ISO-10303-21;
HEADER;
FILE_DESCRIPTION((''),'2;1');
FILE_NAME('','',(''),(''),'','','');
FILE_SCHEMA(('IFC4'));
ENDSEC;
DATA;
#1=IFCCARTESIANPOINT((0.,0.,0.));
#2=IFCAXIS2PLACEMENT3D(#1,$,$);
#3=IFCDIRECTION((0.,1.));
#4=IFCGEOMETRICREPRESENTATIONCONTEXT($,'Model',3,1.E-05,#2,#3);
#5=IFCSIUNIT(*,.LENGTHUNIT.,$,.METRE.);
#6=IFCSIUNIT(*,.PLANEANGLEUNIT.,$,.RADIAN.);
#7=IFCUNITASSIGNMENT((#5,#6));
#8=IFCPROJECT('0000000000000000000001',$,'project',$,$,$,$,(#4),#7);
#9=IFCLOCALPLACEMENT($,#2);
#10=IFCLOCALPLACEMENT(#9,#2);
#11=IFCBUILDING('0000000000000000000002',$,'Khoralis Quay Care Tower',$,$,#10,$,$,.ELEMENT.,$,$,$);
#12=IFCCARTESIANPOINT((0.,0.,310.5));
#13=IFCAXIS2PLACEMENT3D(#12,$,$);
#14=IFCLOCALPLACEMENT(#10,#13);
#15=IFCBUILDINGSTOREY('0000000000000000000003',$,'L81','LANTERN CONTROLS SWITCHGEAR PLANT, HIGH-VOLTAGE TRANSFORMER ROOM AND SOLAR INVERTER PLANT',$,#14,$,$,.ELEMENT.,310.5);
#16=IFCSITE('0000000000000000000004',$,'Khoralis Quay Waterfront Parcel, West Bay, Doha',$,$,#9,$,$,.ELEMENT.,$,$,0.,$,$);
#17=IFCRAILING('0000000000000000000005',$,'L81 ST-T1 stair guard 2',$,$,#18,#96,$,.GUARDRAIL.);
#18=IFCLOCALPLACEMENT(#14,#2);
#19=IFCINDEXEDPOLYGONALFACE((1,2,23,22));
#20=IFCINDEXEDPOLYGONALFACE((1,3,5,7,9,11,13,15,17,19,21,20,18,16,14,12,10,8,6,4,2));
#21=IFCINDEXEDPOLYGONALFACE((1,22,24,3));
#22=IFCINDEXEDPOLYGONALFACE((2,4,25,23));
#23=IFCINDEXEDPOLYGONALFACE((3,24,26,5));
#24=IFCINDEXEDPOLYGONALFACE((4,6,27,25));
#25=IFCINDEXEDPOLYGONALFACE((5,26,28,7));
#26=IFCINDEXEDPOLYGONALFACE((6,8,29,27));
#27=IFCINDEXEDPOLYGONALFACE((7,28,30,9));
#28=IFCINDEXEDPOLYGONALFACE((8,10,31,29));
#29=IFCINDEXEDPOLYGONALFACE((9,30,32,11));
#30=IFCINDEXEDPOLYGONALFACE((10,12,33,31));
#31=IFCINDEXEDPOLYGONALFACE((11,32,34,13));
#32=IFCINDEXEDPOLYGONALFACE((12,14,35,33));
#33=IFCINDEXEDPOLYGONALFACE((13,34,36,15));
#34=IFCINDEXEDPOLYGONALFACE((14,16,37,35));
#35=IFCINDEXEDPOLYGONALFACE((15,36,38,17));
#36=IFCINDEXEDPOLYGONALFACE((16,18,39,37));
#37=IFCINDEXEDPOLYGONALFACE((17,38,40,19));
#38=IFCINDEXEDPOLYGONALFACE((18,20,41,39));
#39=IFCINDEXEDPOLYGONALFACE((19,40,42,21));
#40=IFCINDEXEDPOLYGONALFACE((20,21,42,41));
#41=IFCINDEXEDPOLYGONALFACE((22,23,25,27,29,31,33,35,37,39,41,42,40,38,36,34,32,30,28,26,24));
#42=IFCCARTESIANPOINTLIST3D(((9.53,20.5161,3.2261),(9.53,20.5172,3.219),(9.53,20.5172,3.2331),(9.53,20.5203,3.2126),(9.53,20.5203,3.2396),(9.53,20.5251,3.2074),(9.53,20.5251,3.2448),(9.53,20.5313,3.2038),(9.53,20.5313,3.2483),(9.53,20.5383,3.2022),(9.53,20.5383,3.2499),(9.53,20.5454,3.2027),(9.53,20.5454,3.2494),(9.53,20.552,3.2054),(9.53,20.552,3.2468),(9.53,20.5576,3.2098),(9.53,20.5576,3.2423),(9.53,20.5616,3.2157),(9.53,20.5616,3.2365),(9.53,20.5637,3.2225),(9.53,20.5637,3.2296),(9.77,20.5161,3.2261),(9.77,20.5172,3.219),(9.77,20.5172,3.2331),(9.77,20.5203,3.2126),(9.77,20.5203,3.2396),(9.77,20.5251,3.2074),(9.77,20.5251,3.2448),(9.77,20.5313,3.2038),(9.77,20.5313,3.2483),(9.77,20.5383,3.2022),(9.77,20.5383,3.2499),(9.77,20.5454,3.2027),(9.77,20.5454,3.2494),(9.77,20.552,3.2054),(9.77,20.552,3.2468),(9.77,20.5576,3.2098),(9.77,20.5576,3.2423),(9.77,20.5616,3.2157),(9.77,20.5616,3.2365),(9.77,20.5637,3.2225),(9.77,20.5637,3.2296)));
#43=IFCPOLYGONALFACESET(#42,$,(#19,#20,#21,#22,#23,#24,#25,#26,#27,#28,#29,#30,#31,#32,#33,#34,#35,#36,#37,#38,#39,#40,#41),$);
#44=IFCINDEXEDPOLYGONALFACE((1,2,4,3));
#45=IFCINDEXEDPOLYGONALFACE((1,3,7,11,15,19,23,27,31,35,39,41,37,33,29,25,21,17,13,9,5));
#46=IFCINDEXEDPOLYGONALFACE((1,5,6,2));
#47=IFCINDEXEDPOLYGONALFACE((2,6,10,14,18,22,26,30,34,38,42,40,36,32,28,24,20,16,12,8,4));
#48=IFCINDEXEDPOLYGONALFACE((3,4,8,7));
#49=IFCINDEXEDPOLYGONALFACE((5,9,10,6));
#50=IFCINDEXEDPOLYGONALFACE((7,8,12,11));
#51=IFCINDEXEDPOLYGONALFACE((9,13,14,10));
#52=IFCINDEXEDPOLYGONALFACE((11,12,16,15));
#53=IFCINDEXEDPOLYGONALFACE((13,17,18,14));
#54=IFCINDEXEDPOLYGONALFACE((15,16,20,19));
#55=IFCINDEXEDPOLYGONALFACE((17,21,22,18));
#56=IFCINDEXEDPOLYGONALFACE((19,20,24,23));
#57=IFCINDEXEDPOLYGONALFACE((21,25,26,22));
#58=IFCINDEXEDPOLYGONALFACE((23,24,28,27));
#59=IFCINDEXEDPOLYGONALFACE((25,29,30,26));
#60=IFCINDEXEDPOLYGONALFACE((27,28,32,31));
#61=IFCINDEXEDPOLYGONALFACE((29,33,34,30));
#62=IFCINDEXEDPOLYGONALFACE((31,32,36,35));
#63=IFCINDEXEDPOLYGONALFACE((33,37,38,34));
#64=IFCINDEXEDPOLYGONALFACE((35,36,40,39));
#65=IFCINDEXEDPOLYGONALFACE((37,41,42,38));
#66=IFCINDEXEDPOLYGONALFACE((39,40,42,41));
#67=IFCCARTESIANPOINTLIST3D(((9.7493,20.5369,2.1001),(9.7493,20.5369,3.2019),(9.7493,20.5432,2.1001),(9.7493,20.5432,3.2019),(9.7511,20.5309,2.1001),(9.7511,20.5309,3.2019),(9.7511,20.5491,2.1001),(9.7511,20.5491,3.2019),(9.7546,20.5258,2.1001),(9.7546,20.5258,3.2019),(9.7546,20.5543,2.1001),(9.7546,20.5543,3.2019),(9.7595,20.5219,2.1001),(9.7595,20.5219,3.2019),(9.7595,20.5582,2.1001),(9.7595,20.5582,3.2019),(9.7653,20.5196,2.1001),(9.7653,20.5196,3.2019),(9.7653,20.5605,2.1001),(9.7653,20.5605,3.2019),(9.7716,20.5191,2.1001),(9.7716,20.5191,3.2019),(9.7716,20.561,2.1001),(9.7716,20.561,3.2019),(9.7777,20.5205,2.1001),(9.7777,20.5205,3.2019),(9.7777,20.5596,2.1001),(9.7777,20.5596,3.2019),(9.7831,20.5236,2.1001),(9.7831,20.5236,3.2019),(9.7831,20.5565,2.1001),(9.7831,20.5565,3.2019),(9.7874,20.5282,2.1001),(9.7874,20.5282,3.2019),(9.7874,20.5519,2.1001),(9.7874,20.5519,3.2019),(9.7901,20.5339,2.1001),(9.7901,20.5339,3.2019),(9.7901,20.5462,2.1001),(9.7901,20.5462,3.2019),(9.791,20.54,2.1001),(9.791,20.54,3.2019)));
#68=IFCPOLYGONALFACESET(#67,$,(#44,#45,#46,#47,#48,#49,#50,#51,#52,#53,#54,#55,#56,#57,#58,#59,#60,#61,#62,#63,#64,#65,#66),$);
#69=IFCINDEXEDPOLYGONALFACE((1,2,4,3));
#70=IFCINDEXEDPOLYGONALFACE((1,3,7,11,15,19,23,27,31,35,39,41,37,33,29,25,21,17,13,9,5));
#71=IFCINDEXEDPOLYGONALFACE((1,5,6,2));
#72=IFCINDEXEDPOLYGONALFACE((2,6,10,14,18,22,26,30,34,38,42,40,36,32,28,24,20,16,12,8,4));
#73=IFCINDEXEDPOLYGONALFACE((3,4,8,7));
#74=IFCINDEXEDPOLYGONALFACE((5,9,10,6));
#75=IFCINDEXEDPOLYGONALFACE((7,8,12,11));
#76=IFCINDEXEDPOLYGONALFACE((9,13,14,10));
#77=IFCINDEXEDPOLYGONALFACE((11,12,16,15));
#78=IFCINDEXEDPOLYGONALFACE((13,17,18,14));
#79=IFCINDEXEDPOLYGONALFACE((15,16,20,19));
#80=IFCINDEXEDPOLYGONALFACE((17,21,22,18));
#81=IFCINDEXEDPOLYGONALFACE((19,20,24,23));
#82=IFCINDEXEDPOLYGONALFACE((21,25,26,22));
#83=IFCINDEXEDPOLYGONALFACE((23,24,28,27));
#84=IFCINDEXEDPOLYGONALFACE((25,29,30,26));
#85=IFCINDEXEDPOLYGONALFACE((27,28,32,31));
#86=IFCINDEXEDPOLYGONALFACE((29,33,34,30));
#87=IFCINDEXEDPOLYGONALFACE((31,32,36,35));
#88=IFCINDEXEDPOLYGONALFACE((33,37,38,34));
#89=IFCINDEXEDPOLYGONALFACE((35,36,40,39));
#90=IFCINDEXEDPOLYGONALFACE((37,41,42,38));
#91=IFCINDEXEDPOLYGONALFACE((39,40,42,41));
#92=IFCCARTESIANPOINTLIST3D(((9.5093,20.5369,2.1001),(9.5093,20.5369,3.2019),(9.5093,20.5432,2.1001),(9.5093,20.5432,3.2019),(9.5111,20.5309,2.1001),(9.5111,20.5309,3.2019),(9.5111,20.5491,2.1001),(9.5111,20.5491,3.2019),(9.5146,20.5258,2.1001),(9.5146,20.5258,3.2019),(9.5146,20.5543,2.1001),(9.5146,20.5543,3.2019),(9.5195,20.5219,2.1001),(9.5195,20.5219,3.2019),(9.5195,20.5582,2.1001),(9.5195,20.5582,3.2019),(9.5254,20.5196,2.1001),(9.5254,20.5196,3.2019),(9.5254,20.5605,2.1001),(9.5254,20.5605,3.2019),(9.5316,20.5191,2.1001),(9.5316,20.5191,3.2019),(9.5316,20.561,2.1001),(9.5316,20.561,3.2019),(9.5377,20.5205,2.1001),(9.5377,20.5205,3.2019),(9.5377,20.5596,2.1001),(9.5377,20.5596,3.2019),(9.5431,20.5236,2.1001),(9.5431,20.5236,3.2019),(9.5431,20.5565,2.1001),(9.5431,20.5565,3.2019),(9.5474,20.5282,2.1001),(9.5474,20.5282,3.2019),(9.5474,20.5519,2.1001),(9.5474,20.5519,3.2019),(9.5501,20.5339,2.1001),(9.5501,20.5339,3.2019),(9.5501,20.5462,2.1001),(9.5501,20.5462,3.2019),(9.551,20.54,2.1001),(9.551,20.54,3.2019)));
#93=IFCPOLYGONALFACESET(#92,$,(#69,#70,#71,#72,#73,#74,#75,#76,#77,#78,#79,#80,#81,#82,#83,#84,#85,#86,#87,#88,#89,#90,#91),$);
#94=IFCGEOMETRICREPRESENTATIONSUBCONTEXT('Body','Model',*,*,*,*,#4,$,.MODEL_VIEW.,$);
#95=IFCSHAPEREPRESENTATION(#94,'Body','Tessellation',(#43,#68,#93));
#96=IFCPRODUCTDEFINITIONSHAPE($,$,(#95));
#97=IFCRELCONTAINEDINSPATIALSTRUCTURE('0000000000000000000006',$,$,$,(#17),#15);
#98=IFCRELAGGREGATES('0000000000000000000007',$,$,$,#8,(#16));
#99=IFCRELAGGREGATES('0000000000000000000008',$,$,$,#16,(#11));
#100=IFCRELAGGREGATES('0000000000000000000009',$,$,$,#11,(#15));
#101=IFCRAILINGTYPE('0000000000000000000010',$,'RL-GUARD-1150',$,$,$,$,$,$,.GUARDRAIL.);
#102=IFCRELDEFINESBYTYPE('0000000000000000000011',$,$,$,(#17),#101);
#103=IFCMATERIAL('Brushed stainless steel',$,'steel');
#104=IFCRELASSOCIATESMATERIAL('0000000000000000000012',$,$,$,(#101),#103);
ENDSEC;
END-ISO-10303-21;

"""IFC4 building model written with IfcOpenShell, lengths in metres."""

from ifc_helpers import new_model, si_unit, direction, frame, origin, origin_2d, place, context, subcontext, project, spatial, circle, extrude, material, type_object, element, save


model = new_model("IFC4")

# Units and contexts
model_context = context("Model", 3, precision=1e-05, world=origin(), true_north=direction((0.0, 1.0)))
body_context = subcontext(model_context, "Body", "Model", "MODEL_VIEW")
ifc_project = project(units=[si_unit("LENGTHUNIT", "METRE"), si_unit("PLANEANGLEUNIT", "RADIAN")], contexts=[model_context])

# Site, building, storey
site_placement = place(None, origin())
site = spatial("IfcSite", under=ifc_project, at=site_placement, Name="Khoralis Quay Waterfront Parcel, West Bay, Doha", CompositionType="ELEMENT", RefElevation=0.0)
building_placement = place(site_placement, origin())
building = spatial("IfcBuilding", under=site, at=building_placement, Name="Khoralis Quay Care Tower", CompositionType="ELEMENT")
storey_placement = place(building_placement, frame((0.0, 0.0, 310.5)))
storey = spatial("IfcBuildingStorey", under=building, at=storey_placement, Name="L81", Description="LANTERN CONTROLS SWITCHGEAR PLANT, HIGH-VOLTAGE TRANSFORMER ROOM AND SOLAR INVERTER PLANT", CompositionType="ELEMENT", Elevation=310.5)

# Railing
ifc_material_1 = material(Name="Brushed stainless steel", Category="steel")
railing_type_1 = type_object("IfcRailingType", Name="RL-GUARD-1150", PredefinedType="GUARDRAIL", material=ifc_material_1)
railing_1_placement = place(storey_placement, frame((9.77, 20.54, 2.1001)))
element("IfcRailing", 1, at=railing_1_placement, inside=storey, type_object=railing_type_1, Name="L81 ST-T1 stair guard 2", PredefinedType="GUARDRAIL", context=body_context, shape_type="SweptSolid", body=[
    extrude(circle(Radius=0.0239, at=origin_2d()), frame((0.0, 0.0, 1.126), z_axis=(-1.0, 0.0, 0.0), x_axis=(0.0, -1.0, 0.0)), (0.0, 0.0, 1.0), 0.24),
    extrude(circle(Radius=0.021, at=origin_2d()), origin(), (0.0, 0.0, 1.0), 1.1018),
    extrude(circle(Radius=0.021, at=origin_2d()), frame((-0.24, 0.0, 0.0)), (0.0, 0.0, 1.0), 1.1018),
])

save(model, "model.ifc")
